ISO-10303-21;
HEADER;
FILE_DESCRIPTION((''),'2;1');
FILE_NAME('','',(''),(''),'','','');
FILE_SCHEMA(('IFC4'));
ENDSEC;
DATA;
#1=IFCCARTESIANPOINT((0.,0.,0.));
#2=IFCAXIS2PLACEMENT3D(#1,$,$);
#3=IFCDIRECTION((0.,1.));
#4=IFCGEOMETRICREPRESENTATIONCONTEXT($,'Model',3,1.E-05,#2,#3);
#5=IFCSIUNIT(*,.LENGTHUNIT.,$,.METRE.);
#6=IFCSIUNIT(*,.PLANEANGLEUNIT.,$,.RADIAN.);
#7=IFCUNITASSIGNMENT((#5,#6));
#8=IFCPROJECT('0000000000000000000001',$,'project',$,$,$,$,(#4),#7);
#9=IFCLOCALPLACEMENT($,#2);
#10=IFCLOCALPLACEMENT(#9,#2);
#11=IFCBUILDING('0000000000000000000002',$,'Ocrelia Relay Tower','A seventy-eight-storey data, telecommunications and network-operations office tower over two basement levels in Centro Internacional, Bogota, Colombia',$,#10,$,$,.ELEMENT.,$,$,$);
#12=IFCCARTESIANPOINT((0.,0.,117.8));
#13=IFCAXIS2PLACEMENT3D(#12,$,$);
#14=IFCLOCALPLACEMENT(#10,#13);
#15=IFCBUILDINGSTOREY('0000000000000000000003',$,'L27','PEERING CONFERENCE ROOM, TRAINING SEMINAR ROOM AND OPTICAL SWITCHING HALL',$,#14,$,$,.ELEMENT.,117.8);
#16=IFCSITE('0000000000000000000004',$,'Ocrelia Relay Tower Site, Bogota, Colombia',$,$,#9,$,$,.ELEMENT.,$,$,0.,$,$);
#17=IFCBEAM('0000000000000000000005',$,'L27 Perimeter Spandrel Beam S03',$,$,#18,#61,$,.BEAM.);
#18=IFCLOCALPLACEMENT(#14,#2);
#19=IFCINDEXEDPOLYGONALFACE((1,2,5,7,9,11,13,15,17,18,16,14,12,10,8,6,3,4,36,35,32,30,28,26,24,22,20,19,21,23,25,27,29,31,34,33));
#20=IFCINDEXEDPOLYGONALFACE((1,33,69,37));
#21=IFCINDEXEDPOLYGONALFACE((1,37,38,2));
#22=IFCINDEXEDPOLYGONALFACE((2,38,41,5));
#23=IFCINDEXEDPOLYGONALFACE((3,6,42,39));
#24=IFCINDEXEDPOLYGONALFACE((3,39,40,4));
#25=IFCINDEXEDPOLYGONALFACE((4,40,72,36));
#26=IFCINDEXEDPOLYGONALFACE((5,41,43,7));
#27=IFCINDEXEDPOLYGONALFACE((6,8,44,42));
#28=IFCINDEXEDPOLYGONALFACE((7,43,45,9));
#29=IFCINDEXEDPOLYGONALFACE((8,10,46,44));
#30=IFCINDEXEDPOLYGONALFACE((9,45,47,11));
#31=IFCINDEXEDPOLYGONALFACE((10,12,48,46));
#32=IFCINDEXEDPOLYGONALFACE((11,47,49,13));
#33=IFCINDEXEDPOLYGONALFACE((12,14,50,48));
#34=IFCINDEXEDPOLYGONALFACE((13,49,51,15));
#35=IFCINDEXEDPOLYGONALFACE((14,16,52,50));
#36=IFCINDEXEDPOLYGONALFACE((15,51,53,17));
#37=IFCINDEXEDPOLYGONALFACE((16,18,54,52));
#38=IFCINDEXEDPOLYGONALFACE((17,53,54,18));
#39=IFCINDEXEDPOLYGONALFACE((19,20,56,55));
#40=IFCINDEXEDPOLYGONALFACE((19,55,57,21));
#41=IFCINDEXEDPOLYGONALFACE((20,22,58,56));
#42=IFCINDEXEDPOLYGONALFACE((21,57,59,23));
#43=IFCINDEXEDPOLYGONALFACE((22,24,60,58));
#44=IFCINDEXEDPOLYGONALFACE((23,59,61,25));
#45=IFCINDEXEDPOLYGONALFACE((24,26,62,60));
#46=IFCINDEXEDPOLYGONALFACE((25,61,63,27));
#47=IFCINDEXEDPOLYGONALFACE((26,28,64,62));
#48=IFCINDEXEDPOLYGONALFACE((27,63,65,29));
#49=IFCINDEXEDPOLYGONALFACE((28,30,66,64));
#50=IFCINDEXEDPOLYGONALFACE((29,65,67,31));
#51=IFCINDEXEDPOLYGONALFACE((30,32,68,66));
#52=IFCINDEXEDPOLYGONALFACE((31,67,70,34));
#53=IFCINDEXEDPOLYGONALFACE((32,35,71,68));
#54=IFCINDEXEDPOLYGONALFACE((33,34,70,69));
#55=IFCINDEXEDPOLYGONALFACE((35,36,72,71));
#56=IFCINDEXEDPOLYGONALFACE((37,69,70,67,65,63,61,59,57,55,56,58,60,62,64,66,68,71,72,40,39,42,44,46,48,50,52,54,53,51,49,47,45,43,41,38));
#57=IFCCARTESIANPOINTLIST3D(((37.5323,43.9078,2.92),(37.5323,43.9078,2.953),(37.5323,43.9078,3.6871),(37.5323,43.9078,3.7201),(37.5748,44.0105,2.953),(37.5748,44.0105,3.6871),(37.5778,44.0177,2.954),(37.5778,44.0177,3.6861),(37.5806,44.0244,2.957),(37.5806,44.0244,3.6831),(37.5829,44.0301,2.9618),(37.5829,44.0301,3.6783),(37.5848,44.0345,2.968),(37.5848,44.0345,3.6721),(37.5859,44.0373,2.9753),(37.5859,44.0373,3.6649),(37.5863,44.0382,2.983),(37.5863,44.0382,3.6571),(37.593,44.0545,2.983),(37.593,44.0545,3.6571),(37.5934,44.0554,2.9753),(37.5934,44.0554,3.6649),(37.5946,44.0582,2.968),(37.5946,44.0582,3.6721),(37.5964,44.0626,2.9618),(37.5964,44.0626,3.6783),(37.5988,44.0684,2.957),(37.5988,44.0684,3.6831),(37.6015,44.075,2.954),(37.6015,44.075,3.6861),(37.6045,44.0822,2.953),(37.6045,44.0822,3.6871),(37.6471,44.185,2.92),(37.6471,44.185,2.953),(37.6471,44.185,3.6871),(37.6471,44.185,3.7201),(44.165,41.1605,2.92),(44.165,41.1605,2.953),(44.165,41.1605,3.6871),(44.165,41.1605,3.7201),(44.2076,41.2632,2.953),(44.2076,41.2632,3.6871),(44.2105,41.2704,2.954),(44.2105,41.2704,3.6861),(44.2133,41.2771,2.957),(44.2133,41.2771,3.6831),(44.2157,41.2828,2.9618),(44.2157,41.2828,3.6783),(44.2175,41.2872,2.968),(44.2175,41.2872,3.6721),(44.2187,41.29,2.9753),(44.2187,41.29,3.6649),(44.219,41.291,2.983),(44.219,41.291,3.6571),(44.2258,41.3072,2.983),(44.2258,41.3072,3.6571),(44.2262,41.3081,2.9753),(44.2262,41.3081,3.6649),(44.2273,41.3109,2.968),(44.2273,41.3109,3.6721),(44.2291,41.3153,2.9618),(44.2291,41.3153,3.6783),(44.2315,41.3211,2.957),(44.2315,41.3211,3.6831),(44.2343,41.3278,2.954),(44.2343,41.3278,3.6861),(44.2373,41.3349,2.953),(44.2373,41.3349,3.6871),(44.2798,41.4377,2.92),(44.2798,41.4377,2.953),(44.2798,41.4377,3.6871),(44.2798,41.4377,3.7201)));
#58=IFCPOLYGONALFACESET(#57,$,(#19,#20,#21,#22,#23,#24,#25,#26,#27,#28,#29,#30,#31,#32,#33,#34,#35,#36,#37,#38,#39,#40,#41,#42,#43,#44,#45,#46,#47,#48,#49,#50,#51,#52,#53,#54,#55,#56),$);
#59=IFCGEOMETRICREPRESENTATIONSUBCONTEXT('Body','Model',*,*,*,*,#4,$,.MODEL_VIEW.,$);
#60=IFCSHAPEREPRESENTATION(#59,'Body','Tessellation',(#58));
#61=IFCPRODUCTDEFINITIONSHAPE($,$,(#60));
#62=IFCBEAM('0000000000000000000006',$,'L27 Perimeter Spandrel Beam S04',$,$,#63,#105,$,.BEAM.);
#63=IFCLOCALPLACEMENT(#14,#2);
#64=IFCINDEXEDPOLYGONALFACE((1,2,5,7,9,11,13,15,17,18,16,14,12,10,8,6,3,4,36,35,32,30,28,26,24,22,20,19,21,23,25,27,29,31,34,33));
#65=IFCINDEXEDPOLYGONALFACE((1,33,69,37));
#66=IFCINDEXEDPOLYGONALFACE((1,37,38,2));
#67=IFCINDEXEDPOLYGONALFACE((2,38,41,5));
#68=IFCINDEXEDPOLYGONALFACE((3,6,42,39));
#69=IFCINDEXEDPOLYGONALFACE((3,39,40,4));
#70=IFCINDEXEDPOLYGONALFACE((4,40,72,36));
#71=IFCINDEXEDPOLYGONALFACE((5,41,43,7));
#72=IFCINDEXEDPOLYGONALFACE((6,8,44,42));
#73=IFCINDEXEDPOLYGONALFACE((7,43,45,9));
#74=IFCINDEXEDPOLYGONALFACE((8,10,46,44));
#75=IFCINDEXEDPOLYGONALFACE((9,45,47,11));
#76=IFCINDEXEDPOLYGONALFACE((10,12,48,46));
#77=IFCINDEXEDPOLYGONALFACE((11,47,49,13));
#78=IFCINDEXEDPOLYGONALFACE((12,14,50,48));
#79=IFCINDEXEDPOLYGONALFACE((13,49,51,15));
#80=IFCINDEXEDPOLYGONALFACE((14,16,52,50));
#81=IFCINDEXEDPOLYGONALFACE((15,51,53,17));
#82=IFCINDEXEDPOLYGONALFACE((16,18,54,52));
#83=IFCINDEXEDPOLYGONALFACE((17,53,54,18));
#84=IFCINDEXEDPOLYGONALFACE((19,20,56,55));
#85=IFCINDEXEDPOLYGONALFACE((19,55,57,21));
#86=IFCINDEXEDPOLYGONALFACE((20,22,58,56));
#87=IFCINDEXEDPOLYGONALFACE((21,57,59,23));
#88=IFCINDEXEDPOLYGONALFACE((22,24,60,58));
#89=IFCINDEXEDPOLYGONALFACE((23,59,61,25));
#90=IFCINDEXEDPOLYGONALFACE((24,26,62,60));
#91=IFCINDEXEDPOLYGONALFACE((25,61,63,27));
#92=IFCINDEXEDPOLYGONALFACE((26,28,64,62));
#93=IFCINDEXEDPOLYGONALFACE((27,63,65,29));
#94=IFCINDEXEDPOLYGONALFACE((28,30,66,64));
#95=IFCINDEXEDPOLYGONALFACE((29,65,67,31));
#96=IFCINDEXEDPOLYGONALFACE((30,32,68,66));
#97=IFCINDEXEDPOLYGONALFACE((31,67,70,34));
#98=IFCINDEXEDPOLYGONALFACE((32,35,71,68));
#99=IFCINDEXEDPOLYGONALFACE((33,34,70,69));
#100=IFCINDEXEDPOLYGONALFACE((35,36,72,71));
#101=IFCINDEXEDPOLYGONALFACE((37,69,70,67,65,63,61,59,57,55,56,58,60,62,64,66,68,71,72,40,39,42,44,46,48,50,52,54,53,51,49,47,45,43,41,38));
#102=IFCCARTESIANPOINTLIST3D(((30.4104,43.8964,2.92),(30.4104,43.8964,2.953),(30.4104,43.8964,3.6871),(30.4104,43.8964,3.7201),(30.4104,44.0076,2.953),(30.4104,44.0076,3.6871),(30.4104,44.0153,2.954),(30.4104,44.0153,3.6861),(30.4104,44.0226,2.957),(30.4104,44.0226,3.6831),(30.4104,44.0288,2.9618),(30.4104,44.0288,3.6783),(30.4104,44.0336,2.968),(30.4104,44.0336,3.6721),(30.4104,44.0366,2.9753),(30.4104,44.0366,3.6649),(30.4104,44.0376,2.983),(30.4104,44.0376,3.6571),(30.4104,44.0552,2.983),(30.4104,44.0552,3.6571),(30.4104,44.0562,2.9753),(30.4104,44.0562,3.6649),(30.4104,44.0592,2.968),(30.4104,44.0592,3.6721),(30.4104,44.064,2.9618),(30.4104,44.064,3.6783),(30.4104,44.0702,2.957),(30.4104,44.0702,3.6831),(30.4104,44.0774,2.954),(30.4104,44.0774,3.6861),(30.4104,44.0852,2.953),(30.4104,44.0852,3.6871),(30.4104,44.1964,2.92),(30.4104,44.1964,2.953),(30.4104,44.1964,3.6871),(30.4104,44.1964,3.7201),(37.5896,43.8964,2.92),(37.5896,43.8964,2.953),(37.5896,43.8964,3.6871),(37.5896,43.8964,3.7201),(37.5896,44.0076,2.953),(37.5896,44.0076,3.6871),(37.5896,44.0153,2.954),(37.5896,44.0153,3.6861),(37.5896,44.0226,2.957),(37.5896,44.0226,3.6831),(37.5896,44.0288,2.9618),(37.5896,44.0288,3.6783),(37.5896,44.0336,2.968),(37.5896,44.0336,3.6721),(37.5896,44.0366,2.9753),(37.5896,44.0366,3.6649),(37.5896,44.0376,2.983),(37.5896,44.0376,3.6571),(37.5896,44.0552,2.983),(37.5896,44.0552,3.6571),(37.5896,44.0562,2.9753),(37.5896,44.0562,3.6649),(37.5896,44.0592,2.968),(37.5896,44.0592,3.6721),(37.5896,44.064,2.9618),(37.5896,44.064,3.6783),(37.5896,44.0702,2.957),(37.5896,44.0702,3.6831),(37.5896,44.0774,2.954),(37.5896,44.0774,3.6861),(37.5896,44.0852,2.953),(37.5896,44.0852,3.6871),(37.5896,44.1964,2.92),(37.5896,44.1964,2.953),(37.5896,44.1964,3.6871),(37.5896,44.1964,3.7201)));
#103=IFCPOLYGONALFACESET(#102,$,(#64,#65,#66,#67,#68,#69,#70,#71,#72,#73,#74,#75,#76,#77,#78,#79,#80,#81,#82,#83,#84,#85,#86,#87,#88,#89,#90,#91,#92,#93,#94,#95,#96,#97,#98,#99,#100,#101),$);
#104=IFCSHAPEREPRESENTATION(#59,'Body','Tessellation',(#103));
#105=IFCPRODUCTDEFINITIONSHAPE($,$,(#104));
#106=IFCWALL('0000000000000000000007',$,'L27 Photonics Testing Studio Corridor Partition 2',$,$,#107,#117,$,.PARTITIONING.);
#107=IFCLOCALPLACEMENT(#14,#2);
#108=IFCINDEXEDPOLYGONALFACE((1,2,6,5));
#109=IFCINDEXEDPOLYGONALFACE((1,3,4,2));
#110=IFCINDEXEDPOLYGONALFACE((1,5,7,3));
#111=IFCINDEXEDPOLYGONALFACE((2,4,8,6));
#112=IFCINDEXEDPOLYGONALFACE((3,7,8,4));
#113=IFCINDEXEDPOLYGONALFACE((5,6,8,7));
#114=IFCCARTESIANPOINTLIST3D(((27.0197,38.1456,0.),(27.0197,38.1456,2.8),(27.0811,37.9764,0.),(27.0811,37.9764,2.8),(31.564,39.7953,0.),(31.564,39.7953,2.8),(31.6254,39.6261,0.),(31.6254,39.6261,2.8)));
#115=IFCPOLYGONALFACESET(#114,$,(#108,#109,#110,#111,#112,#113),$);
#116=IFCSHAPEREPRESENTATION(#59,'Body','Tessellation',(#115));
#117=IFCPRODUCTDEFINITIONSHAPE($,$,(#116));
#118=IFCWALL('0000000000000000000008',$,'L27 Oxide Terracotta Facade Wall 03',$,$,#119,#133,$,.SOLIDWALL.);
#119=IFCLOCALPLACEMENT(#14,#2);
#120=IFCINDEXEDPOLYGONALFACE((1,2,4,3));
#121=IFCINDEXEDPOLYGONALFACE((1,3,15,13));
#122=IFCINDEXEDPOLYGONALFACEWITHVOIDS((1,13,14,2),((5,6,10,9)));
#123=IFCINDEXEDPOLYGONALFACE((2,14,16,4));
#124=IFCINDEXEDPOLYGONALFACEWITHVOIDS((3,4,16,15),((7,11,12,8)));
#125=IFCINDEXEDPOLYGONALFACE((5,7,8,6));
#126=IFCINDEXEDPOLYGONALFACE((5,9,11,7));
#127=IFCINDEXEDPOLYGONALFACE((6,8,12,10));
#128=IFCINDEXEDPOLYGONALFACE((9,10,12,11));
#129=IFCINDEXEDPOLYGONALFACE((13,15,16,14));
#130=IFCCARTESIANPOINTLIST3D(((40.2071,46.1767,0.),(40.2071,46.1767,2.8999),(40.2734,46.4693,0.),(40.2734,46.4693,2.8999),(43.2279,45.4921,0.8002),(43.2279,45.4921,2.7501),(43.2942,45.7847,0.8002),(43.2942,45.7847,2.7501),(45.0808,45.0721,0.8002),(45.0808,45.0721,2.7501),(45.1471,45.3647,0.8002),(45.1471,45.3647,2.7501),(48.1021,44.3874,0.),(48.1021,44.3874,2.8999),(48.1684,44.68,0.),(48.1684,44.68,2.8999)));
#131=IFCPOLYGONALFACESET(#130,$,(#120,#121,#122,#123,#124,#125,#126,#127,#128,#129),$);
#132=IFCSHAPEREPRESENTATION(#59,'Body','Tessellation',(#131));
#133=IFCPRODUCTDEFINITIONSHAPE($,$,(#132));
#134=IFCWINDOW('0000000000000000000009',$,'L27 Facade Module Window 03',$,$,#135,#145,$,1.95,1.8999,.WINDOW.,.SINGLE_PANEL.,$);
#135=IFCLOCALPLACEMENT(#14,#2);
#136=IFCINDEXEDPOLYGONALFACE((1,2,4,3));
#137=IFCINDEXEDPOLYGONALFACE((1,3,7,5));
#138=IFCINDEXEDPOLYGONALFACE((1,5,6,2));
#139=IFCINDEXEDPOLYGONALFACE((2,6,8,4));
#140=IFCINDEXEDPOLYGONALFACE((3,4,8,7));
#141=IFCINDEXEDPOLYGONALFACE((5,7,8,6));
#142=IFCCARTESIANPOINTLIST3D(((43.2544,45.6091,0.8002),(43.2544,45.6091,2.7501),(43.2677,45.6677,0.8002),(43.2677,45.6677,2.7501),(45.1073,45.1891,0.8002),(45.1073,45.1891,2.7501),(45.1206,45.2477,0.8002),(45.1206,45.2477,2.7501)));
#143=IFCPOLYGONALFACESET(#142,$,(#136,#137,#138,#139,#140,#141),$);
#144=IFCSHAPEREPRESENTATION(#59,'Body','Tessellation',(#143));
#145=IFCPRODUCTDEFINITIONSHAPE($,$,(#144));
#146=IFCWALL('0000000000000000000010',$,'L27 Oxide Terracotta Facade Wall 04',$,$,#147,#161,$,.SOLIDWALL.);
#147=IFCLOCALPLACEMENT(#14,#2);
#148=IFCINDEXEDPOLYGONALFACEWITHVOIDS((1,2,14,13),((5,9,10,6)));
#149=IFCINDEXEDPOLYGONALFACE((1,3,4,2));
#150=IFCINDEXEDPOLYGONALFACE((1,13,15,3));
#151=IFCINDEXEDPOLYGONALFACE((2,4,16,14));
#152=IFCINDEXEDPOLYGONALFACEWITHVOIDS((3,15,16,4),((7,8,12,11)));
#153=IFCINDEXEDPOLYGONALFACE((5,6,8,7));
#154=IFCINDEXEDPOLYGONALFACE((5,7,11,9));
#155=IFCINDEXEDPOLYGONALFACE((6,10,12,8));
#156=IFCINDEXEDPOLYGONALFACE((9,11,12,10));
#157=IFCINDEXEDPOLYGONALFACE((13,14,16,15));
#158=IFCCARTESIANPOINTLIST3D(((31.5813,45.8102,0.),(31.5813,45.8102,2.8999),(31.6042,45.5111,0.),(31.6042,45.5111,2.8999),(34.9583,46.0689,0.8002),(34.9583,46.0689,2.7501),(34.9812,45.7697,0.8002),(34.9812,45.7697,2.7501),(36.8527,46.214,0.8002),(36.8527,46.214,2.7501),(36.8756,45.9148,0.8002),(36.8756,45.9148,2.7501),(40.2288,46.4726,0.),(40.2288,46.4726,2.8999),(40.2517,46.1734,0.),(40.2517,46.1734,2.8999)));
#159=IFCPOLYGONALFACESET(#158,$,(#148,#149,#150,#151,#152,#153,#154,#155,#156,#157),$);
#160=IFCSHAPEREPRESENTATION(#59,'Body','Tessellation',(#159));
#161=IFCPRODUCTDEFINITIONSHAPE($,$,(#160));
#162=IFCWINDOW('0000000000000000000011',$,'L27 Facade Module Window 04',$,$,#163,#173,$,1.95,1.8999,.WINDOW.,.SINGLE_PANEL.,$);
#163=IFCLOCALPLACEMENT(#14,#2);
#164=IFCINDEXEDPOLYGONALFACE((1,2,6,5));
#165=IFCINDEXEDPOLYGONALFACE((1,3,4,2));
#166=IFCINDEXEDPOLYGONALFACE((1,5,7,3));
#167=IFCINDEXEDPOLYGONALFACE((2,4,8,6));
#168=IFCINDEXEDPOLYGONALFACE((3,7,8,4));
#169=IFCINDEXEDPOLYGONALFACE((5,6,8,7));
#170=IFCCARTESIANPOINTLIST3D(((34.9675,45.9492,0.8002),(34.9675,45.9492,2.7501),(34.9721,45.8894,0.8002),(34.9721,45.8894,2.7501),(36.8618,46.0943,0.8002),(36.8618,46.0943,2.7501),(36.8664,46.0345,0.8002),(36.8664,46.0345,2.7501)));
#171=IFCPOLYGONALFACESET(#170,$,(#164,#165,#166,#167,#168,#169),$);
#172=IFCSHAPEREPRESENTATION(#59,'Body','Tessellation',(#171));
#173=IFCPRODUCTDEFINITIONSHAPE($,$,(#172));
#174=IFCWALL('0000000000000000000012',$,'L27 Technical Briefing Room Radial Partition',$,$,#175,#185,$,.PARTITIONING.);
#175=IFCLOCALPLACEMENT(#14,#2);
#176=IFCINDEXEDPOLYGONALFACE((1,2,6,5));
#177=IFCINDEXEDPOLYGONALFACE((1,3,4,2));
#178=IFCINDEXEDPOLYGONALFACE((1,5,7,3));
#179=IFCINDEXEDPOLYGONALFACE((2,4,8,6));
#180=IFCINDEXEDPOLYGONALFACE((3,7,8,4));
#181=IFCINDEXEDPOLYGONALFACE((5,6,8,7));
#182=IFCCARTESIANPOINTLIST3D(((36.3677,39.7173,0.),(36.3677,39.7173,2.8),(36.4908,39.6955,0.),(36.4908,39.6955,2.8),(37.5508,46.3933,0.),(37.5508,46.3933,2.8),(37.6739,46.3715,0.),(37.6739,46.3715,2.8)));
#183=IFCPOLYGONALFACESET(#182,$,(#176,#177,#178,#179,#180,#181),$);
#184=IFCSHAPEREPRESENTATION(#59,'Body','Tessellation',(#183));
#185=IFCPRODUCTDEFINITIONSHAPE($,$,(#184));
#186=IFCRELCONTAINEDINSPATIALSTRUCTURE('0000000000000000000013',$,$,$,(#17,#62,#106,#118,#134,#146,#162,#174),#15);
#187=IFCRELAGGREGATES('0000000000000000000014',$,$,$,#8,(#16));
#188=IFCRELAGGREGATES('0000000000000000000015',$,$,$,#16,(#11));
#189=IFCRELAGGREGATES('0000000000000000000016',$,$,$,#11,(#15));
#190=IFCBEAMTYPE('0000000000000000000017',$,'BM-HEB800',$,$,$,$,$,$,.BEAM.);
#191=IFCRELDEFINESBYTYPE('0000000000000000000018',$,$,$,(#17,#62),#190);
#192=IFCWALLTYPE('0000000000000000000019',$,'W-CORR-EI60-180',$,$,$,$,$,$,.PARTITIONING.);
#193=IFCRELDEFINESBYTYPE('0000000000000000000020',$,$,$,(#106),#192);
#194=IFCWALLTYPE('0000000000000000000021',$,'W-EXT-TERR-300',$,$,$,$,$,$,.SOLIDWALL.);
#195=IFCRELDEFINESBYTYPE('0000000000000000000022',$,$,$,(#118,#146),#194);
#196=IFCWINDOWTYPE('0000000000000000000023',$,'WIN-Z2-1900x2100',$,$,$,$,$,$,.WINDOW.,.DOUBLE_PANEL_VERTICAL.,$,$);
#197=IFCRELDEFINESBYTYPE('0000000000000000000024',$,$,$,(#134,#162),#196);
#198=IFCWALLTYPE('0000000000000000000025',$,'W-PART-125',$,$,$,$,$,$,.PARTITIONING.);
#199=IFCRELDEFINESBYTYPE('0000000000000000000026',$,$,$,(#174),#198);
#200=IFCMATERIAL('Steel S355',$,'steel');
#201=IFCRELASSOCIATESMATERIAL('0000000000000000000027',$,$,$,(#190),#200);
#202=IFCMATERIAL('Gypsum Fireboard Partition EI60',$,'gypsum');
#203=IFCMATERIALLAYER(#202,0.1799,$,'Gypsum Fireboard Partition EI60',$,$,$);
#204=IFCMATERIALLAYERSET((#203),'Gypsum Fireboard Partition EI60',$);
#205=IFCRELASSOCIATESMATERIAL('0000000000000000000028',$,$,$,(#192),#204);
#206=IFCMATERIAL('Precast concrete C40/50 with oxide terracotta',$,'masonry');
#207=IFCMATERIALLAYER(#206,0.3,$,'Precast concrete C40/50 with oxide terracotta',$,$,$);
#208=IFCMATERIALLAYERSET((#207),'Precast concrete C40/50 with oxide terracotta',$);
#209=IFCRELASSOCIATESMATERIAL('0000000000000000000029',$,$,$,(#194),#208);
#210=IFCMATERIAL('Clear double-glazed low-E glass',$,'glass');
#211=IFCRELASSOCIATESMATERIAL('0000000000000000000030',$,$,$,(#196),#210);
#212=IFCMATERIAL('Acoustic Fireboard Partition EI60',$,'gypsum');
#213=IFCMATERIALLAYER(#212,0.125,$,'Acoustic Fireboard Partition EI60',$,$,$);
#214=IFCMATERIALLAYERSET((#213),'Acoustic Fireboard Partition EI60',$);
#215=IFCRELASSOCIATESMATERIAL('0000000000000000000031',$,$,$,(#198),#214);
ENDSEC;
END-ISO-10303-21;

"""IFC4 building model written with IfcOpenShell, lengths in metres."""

from ifc_helpers import new_model, si_unit, direction, frame, frame_2d, origin, origin_2d, place, context, subcontext, project, spatial, rectangle, i_section, extrude, material, layer, layer_set, material_profile, profile_set, type_object, element, fill, save


model = new_model("IFC4")

# Units and contexts
model_context = context("Model", 3, precision=1e-05, world=origin(), true_north=direction((0.0, 1.0)))
body_context = subcontext(model_context, "Body", "Model", "MODEL_VIEW")
ifc_project = project(units=[si_unit("LENGTHUNIT", "METRE"), si_unit("PLANEANGLEUNIT", "RADIAN")], contexts=[model_context])

# Site, building, storey
site_placement = place(None, origin())
site = spatial("IfcSite", under=ifc_project, at=site_placement, Name="Ocrelia Relay Tower Site, Bogota, Colombia", CompositionType="ELEMENT", RefElevation=0.0)
building_placement = place(site_placement, origin())
building = spatial("IfcBuilding", under=site, at=building_placement, Name="Ocrelia Relay Tower", Description="A seventy-eight-storey data, telecommunications and network-operations office tower over two basement levels in Centro Internacional, Bogota, Colombia", CompositionType="ELEMENT")
storey_placement = place(building_placement, frame((0.0, 0.0, 117.8)))
storey = spatial("IfcBuildingStorey", under=building, at=storey_placement, Name="L27", Description="PEERING CONFERENCE ROOM, TRAINING SEMINAR ROOM AND OPTICAL SWITCHING HALL", CompositionType="ELEMENT", Elevation=117.8)

# Beams
ifc_material_1 = material(Name="Steel S355", Category="steel")
ifc_material_profile_1 = material_profile(ifc_material_1, i_section(OverallWidth=0.3, OverallDepth=0.8, WebThickness=0.0176, FlangeThickness=0.033, FilletRadius=0.03, at=origin_2d()), Name="HEB 800")
ifc_profile_set_1 = profile_set([ifc_material_profile_1], Name="Steel S355")
beam_type_1 = type_object("IfcBeamType", Name="BM-HEB800", PredefinedType="BEAM", material=ifc_profile_set_1)
for number, where, z_axis, x_axis, name in (
    (1, (44.2224, 41.2991, 3.3201), (-0.923884, 0.382673, 0.0), (-0.382673, -0.923884, 0.0), "L27 Perimeter Spandrel Beam S03"),
    (2, (37.5896, 44.0464, 3.3201), (-1.0, 0.0, 0.0), (0.0, -1.0, 0.0), "L27 Perimeter Spandrel Beam S04"),
):
    element("IfcBeam", number, at=place(storey_placement, frame(where, z_axis=z_axis, x_axis=x_axis)), inside=storey, type_object=beam_type_1, Name=name, PredefinedType="BEAM", context=body_context, shape_type="SweptSolid", body=[
        extrude(i_section(OverallWidth=0.3, OverallDepth=0.8, WebThickness=0.0176, FlangeThickness=0.033, FilletRadius=0.03, at=origin_2d()), origin(), (0.0, 0.0, 1.0), 7.1792),
    ])

# Shared definitions
ifc_material_2 = material(Name="Gypsum Fireboard Partition EI60", Category="gypsum")
ifc_layer_1 = layer(ifc_material_2, 0.1799, Name="Gypsum Fireboard Partition EI60")
ifc_layer_set_1 = layer_set([ifc_layer_1], Name="Gypsum Fireboard Partition EI60")
wall_type_1 = type_object("IfcWallType", Name="W-CORR-EI60-180", PredefinedType="PARTITIONING", material=ifc_layer_set_1)

# Wall
wall_1_placement = place(storey_placement, frame((31.5947, 39.7107, 0.0), z_axis=(0.0, 0.0, 1.0), x_axis=(-0.939978, -0.341236, 0.0)))
element("IfcWall", 3, at=wall_1_placement, inside=storey, type_object=wall_type_1, Name="L27 Photonics Testing Studio Corridor Partition 2", PredefinedType="PARTITIONING", context=body_context, shape_type="SweptSolid", body=[
    extrude(rectangle(XDim=4.8345, YDim=0.1799, at=frame_2d((2.4172, 0.0))), origin(), (0.0, 0.0, 1.0), 2.8),
])

# Walls, openings, windows
ifc_material_3 = material(Name="Precast concrete C40/50 with oxide terracotta", Category="masonry")
ifc_layer_2 = layer(ifc_material_3, 0.3, Name="Precast concrete C40/50 with oxide terracotta")
ifc_layer_set_2 = layer_set([ifc_layer_2], Name="Precast concrete C40/50 with oxide terracotta")
wall_type_2 = type_object("IfcWallType", Name="W-EXT-TERR-300", PredefinedType="SOLIDWALL", material=ifc_layer_set_2)
wall_2_placement = place(storey_placement, frame((48.1353, 44.5337, 0.0), z_axis=(0.0, 0.0, 1.0), x_axis=(-0.975267, 0.221032, 0.0)))
wall_2 = element("IfcWall", 4, at=wall_2_placement, inside=storey, type_object=wall_type_2, Name="L27 Oxide Terracotta Facade Wall 03", PredefinedType="SOLIDWALL", context=body_context, shape_type="SweptSolid", body=[
    extrude(rectangle(XDim=8.0952, YDim=0.3, at=frame_2d((4.0476, 0.0))), origin(), (0.0, 0.0, 1.0), 2.8999),
])
opening_1_placement = place(wall_2_placement, frame((3.0979, 0.0, 0.8)))
opening_1 = element("IfcOpeningElement", 5, at=opening_1_placement, cuts=wall_2, PredefinedType="OPENING", context=body_context, shape_type="SweptSolid", body=[
    extrude(rectangle(XDim=1.8999, YDim=1.95, at=frame_2d((0.95, 0.9751))), frame((0.0, 0.1602, 0.0), z_axis=(0.0, -1.0, 0.0), x_axis=(1.0, 0.0, 0.0)), (0.0, 0.0, 1.0), 0.3201),
])
ifc_material_4 = material(Name="Clear double-glazed low-E glass", Category="glass")
window_type = type_object("IfcWindowType", Name="WIN-Z2-1900x2100", PartitioningType="DOUBLE_PANEL_VERTICAL", PredefinedType="WINDOW", material=ifc_material_4)
window_1_placement = place(opening_1_placement, origin())
window_1 = element("IfcWindow", 6, at=window_1_placement, inside=storey, type_object=window_type, Name="L27 Facade Module Window 03", OverallHeight=1.95, OverallWidth=1.8999, PartitioningType="SINGLE_PANEL", PredefinedType="WINDOW", context=body_context, shape_type="SweptSolid", body=[
    extrude(rectangle(XDim=1.8999, YDim=1.95, at=frame_2d((0.95, 0.9751))), frame((0.0, 0.03, 0.0), z_axis=(0.0, -1.0, 0.0), x_axis=(1.0, 0.0, 0.0)), (0.0, 0.0, 1.0), 0.0601),
])
fill(opening_1, window_1)
wall_3_placement = place(storey_placement, frame((40.2402, 46.323, 0.0), z_axis=(0.0, 0.0, 1.0), x_axis=(-0.997079, -0.076371, 0.0)))
wall_3 = element("IfcWall", 7, at=wall_3_placement, inside=storey, type_object=wall_type_2, Name="L27 Oxide Terracotta Facade Wall 04", PredefinedType="SOLIDWALL", context=body_context, shape_type="SweptSolid", body=[
    extrude(rectangle(XDim=8.6729, YDim=0.3, at=frame_2d((4.3364, 0.0))), origin(), (0.0, 0.0, 1.0), 2.8999),
])
opening_2_placement = place(wall_3_placement, frame((3.386, 0.0, 0.8)))
opening_2 = element("IfcOpeningElement", 8, at=opening_2_placement, cuts=wall_3, PredefinedType="OPENING", context=body_context, shape_type="SweptSolid", body=[
    extrude(rectangle(XDim=1.8999, YDim=1.95, at=frame_2d((0.95, 0.9751))), frame((0.0, 0.1602, 0.0), z_axis=(0.0, -1.0, 0.0), x_axis=(1.0, 0.0, 0.0)), (0.0, 0.0, 1.0), 0.3201),
])
window_2_placement = place(opening_2_placement, origin())
window_2 = element("IfcWindow", 9, at=window_2_placement, inside=storey, type_object=window_type, Name="L27 Facade Module Window 04", OverallHeight=1.95, OverallWidth=1.8999, PartitioningType="SINGLE_PANEL", PredefinedType="WINDOW", context=body_context, shape_type="SweptSolid", body=[
    extrude(rectangle(XDim=1.8999, YDim=1.95, at=frame_2d((0.95, 0.9751))), frame((0.0, 0.03, 0.0), z_axis=(0.0, -1.0, 0.0), x_axis=(1.0, 0.0, 0.0)), (0.0, 0.0, 1.0), 0.0601),
])
fill(opening_2, window_2)

# Wall
ifc_material_5 = material(Name="Acoustic Fireboard Partition EI60", Category="gypsum")
ifc_layer_3 = layer(ifc_material_5, 0.125, Name="Acoustic Fireboard Partition EI60")
ifc_layer_set_3 = layer_set([ifc_layer_3], Name="Acoustic Fireboard Partition EI60")
wall_type_3 = type_object("IfcWallType", Name="W-PART-125", PredefinedType="PARTITIONING", material=ifc_layer_set_3)
wall_4_placement = place(storey_placement, frame((36.4292, 39.7063, 0.0), z_axis=(0.0, 0.0, 1.0), x_axis=(0.174498, 0.984658, 0.0)))
element("IfcWall", 10, at=wall_4_placement, inside=storey, type_object=wall_type_3, Name="L27 Technical Briefing Room Radial Partition", PredefinedType="PARTITIONING", context=body_context, shape_type="SweptSolid", body=[
    extrude(rectangle(XDim=6.78, YDim=0.125, at=frame_2d((3.3901, 0.0))), origin(), (0.0, 0.0, 1.0), 2.8),
])

save(model, "model.ifc")
